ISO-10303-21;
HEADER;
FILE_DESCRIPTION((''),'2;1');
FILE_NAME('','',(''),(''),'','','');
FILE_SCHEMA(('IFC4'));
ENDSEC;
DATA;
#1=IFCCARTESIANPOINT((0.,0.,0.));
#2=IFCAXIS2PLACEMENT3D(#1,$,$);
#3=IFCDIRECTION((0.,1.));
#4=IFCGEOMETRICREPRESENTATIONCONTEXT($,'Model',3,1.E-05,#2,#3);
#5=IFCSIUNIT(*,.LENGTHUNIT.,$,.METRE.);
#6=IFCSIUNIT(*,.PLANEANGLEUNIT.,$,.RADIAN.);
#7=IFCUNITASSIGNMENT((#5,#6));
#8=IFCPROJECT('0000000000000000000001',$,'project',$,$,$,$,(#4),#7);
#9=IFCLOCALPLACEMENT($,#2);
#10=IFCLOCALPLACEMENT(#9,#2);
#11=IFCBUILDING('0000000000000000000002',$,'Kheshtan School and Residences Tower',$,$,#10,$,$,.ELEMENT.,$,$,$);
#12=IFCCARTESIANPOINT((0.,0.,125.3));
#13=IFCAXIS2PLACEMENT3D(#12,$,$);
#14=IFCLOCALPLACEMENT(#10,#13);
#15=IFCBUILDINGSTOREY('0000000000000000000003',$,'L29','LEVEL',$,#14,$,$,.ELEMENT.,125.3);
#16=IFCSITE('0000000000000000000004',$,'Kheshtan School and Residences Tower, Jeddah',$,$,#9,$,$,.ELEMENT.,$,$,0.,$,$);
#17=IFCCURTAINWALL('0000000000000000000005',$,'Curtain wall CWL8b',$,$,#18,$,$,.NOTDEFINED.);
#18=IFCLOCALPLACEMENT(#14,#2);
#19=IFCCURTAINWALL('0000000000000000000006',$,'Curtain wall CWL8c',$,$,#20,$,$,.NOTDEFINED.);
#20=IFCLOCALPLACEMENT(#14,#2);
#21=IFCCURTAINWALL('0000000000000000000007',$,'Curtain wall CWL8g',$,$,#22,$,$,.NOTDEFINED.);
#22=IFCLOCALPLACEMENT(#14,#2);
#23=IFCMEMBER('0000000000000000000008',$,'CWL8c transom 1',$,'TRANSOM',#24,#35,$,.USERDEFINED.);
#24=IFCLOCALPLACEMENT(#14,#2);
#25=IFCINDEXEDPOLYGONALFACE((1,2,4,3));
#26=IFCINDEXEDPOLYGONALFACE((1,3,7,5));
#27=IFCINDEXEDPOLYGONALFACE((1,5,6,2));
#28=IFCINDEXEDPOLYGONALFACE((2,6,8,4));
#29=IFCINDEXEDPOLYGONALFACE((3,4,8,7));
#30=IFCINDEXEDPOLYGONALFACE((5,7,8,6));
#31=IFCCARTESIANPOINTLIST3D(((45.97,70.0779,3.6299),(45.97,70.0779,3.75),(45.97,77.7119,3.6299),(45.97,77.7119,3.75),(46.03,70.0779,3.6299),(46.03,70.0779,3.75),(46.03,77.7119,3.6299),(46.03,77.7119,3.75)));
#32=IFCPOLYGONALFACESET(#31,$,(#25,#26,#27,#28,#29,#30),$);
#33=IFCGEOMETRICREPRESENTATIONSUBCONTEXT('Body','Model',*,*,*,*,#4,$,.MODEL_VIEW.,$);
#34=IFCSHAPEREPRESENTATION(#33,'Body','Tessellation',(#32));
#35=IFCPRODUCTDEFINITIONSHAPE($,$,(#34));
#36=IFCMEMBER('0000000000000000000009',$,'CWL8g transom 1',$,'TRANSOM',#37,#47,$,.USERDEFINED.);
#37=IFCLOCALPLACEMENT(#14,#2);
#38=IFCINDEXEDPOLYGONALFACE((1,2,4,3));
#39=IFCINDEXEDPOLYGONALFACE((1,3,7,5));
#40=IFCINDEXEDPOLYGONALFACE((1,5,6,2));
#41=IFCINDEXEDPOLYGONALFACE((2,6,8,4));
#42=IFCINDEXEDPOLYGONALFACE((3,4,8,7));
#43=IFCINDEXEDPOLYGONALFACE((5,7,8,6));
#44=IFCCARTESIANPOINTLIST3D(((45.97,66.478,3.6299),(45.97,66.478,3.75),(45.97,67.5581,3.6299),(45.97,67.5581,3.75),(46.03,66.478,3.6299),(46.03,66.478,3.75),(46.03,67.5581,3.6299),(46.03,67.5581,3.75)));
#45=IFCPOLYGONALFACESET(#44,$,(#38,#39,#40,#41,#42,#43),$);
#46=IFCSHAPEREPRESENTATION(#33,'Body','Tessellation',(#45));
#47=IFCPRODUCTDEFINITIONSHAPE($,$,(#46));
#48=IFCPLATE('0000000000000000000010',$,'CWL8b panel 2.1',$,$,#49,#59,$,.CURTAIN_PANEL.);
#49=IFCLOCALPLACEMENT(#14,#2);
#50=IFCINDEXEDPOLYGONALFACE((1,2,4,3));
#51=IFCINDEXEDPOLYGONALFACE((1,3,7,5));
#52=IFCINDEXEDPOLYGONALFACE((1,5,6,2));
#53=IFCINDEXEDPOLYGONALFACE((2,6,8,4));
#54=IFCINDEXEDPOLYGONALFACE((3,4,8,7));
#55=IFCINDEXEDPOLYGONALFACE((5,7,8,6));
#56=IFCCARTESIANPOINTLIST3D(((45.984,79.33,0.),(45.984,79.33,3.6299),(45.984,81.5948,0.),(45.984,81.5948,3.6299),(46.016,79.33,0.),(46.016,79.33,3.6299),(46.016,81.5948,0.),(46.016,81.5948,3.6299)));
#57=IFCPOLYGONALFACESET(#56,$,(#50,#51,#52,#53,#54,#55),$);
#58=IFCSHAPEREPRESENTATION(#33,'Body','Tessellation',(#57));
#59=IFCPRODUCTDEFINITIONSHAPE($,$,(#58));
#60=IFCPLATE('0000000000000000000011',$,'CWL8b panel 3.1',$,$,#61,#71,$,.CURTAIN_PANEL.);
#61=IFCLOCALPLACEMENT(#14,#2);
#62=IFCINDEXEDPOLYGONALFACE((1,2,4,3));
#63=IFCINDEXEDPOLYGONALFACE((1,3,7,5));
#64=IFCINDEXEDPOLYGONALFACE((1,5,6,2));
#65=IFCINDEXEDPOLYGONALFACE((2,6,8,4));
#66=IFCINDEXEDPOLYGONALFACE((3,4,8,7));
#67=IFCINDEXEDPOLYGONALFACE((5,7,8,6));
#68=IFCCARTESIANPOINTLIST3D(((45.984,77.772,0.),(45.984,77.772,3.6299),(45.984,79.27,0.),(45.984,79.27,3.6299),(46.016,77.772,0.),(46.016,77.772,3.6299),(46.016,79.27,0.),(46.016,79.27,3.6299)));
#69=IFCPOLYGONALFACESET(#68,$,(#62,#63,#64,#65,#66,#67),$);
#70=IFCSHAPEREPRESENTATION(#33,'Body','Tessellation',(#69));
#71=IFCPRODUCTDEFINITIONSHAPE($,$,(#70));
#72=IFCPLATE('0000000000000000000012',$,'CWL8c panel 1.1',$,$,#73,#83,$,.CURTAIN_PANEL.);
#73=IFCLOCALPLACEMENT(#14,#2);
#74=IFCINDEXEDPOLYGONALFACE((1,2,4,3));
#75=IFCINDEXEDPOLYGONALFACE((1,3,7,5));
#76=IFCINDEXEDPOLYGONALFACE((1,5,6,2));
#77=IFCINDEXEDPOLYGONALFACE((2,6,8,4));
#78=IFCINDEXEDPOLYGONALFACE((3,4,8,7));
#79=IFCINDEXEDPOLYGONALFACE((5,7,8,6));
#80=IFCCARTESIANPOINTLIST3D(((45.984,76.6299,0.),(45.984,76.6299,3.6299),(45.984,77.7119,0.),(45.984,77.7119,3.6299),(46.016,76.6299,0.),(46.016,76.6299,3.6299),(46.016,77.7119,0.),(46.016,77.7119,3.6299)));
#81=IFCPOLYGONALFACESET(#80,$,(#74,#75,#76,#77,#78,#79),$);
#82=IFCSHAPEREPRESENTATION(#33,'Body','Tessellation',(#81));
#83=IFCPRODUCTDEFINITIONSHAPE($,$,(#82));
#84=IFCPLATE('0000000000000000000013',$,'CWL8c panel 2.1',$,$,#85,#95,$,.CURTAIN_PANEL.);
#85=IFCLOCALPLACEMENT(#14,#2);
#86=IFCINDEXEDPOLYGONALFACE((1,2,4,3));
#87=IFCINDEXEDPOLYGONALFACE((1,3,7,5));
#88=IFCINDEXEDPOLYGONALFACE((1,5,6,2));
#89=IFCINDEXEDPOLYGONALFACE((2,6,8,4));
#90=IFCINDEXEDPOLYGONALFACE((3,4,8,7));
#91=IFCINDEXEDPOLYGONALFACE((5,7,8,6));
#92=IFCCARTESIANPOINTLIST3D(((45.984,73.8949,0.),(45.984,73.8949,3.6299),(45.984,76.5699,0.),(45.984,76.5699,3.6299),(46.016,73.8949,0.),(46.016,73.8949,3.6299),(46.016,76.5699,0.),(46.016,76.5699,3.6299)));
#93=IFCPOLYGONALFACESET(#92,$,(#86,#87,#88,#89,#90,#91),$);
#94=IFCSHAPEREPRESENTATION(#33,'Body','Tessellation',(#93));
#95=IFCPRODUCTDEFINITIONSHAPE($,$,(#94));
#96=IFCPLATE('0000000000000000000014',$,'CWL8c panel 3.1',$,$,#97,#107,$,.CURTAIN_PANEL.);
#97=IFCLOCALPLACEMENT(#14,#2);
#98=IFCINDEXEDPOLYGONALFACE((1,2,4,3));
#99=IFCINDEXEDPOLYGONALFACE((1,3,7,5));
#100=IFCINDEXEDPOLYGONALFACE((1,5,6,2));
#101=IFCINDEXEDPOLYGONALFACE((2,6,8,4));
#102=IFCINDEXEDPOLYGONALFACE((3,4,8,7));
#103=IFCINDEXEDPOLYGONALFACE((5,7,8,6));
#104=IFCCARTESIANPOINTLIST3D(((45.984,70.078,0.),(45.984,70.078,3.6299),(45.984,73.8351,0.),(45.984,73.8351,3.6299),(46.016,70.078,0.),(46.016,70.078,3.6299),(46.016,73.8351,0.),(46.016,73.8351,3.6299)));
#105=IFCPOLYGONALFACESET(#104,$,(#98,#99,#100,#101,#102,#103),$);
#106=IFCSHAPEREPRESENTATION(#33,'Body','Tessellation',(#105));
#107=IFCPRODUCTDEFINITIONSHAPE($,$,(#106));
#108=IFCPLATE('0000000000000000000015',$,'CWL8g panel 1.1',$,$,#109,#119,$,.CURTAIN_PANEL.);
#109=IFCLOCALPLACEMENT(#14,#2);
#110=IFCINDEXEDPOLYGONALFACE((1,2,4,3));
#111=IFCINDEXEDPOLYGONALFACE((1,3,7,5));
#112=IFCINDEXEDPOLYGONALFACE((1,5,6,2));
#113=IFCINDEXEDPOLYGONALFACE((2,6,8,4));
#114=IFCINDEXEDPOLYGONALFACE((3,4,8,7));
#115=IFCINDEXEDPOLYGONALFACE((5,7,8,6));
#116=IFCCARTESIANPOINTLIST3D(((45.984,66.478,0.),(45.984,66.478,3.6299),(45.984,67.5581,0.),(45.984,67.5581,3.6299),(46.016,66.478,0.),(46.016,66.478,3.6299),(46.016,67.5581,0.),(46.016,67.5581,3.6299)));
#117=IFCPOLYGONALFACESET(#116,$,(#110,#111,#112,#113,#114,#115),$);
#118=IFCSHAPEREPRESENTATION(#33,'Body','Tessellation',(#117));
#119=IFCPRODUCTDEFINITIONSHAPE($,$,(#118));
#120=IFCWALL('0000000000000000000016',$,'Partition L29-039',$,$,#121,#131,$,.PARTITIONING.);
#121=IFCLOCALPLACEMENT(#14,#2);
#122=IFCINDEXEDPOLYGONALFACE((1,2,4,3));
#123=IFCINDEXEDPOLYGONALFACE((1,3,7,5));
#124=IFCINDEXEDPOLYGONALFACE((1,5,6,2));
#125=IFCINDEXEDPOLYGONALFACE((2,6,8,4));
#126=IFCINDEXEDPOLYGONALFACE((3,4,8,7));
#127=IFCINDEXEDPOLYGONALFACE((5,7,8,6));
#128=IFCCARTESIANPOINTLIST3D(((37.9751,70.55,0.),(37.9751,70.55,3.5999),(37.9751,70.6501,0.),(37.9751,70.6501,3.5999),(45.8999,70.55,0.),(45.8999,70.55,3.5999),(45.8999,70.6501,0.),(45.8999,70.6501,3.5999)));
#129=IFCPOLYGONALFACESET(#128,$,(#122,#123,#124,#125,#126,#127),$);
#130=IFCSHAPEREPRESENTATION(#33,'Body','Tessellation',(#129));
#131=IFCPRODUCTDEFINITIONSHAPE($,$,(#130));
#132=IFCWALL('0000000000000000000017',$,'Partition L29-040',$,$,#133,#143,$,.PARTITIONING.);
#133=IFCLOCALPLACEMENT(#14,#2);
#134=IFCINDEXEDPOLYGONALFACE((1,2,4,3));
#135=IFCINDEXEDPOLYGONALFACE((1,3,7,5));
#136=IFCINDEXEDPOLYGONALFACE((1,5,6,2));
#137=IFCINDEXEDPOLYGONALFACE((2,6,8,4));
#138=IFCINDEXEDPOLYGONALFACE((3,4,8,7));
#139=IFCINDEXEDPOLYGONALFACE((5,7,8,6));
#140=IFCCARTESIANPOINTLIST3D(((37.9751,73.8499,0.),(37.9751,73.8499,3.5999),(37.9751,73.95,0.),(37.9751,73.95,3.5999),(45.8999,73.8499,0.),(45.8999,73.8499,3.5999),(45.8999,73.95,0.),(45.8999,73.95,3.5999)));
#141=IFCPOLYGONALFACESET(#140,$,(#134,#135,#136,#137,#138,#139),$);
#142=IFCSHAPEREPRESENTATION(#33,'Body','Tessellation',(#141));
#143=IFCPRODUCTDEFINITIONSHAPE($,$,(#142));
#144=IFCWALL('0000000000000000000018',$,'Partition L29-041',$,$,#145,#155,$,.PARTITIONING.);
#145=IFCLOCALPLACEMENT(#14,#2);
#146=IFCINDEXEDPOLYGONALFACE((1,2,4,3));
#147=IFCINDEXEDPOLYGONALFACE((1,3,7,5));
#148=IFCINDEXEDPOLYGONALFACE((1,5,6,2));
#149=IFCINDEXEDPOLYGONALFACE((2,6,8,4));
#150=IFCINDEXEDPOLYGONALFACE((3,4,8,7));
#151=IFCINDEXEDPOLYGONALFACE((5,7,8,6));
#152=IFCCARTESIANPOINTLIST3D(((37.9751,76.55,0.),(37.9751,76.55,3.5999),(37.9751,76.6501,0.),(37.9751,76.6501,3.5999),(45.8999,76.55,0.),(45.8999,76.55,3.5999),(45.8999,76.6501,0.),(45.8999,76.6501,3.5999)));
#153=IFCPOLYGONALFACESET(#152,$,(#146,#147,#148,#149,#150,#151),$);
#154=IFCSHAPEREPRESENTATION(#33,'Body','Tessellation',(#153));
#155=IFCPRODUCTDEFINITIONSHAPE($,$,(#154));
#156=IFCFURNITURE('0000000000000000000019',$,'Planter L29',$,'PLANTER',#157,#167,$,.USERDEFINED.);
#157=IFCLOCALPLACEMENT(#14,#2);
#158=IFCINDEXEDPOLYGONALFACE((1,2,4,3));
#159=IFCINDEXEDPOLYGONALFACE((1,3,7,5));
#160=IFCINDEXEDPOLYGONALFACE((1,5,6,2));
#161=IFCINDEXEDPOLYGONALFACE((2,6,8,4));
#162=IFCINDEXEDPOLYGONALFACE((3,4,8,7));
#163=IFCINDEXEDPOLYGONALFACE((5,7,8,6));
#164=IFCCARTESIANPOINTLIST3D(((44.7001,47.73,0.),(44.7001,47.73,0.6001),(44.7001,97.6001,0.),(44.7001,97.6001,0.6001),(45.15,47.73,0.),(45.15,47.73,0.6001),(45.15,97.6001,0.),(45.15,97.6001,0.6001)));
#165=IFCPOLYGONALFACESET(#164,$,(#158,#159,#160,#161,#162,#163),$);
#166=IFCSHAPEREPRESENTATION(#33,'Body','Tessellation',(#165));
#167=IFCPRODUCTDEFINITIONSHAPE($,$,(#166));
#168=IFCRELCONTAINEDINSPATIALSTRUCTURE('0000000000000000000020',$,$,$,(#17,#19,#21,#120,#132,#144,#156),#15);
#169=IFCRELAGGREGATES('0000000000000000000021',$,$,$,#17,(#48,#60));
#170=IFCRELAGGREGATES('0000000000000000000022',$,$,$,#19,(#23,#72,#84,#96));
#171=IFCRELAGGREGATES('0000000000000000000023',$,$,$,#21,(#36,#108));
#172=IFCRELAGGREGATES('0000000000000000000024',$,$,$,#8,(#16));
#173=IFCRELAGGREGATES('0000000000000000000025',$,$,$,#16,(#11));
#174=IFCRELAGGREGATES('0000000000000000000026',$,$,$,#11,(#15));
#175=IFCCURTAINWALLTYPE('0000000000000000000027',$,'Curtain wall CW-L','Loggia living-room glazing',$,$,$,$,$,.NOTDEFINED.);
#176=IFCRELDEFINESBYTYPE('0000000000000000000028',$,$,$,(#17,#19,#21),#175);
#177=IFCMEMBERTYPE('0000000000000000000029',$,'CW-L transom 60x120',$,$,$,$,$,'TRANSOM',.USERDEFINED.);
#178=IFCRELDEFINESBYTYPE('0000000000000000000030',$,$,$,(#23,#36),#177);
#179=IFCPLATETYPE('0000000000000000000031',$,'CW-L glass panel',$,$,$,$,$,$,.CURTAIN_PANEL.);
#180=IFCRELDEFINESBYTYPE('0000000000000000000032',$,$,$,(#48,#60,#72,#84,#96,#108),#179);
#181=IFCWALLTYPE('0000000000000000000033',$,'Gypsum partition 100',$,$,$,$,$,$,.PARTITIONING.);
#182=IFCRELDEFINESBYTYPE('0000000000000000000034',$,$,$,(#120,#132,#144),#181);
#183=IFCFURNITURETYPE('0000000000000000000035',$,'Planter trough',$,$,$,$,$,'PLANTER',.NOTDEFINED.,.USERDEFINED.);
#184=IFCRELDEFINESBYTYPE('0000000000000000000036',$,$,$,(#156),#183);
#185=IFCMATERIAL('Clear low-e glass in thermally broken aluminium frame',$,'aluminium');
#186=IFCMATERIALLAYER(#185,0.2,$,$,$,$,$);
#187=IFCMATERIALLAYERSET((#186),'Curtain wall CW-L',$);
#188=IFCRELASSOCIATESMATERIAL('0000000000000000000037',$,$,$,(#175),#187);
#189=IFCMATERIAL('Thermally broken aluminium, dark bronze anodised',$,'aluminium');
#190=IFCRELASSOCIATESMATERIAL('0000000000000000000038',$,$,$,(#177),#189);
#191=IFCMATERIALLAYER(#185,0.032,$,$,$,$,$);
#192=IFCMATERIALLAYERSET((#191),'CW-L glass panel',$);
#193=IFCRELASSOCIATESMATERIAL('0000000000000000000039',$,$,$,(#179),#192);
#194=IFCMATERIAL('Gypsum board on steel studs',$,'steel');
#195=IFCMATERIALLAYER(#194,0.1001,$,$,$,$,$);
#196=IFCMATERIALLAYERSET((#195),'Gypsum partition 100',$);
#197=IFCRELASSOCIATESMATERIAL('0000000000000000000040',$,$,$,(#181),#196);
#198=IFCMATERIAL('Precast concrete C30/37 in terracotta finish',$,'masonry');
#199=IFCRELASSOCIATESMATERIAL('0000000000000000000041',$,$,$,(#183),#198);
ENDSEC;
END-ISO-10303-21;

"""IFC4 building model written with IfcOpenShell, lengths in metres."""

from ifc_helpers import new_model, si_unit, direction, frame, frame_2d, origin, origin_2d, place, context, subcontext, project, spatial, rectangle, extrude, material, layer, layer_set, material_profile, profile_set, type_object, element, aggregate, save


model = new_model("IFC4")

# Units and contexts
model_context = context("Model", 3, precision=1e-05, world=origin(), true_north=direction((0.0, 1.0)))
body_context = subcontext(model_context, "Body", "Model", "MODEL_VIEW")
ifc_project = project(units=[si_unit("LENGTHUNIT", "METRE"), si_unit("PLANEANGLEUNIT", "RADIAN")], contexts=[model_context])

# Site, building, storey
site_placement = place(None, origin())
site = spatial("IfcSite", under=ifc_project, at=site_placement, Name="Kheshtan School and Residences Tower, Jeddah", CompositionType="ELEMENT", RefElevation=0.0)
building_placement = place(site_placement, origin())
building = spatial("IfcBuilding", under=site, at=building_placement, Name="Kheshtan School and Residences Tower", CompositionType="ELEMENT")
storey_placement = place(building_placement, frame((0.0, 0.0, 125.3)))
storey = spatial("IfcBuildingStorey", under=building, at=storey_placement, Name="L29", Description="LEVEL", CompositionType="ELEMENT", Elevation=125.3)

# Curtain walls
ifc_material_1 = material(Name="Clear low-e glass in thermally broken aluminium frame", Category="aluminium")
ifc_layer_1 = layer(ifc_material_1, 0.2)
ifc_layer_set_1 = layer_set([ifc_layer_1], Name="Curtain wall CW-L")
curtain_wall_type = type_object("IfcCurtainWallType", Name="Curtain wall CW-L", Description="Loggia living-room glazing", PredefinedType="NOTDEFINED", material=ifc_layer_set_1)
curtain_wall_1_placement = place(storey_placement, origin())
curtain_wall_1 = element("IfcCurtainWall", 1, at=curtain_wall_1_placement, inside=storey, type_object=curtain_wall_type, Name="Curtain wall CWL8b", PredefinedType="NOTDEFINED")
ifc_material_2 = material(Name="Thermally broken aluminium, dark bronze anodised", Category="aluminium")
curtain_wall_2_placement = place(storey_placement, origin())
curtain_wall_2 = element("IfcCurtainWall", 2, at=curtain_wall_2_placement, inside=storey, type_object=curtain_wall_type, Name="Curtain wall CWL8c", PredefinedType="NOTDEFINED")
curtain_wall_3_placement = place(storey_placement, origin())
curtain_wall_3 = element("IfcCurtainWall", 3, at=curtain_wall_3_placement, inside=storey, type_object=curtain_wall_type, Name="Curtain wall CWL8g", PredefinedType="NOTDEFINED")

# Members
ifc_material_profile_1 = material_profile(ifc_material_2, rectangle(XDim=0.0601, YDim=0.1201, at=origin_2d()), Name="CW-L transom 60x120")
ifc_profile_set_1 = profile_set([ifc_material_profile_1], Name="Thermally broken aluminium, dark bronze anodised")
member_type_1 = type_object("IfcMemberType", Name="CW-L transom 60x120", ElementType="TRANSOM", PredefinedType="USERDEFINED", material=ifc_profile_set_1)
member_1_placement = place(storey_placement, frame((46.0, 77.7119, 3.6899), z_axis=(0.0, -1.0, 0.0), x_axis=(1.0, 0.0, 0.0)))
member_1 = element("IfcMember", 4, at=member_1_placement, type_object=member_type_1, Name="CWL8c transom 1", ObjectType="TRANSOM", PredefinedType="USERDEFINED", context=body_context, shape_type="SweptSolid", body=[
    extrude(rectangle(XDim=0.0601, YDim=0.1201, at=origin_2d()), origin(), (0.0, 0.0, 1.0), 7.634),
])
member_2_placement = place(storey_placement, frame((46.0, 67.5581, 3.6899), z_axis=(0.0, -1.0, 0.0), x_axis=(1.0, 0.0, 0.0)))
member_2 = element("IfcMember", 5, at=member_2_placement, type_object=member_type_1, Name="CWL8g transom 1", ObjectType="TRANSOM", PredefinedType="USERDEFINED", context=body_context, shape_type="SweptSolid", body=[
    extrude(rectangle(XDim=0.0601, YDim=0.1201, at=origin_2d()), origin(), (0.0, 0.0, 1.0), 1.0801),
])

# Plates
ifc_layer_2 = layer(ifc_material_1, 0.032)
ifc_layer_set_2 = layer_set([ifc_layer_2], Name="CW-L glass panel")
plate_type = type_object("IfcPlateType", Name="CW-L glass panel", PredefinedType="CURTAIN_PANEL", material=ifc_layer_set_2)
plate_1_placement = place(storey_placement, frame((46.0, 80.4624, 0.0), z_axis=(0.0, 0.0, 1.0), x_axis=(0.0, -1.0, 0.0)))
plate_1 = element("IfcPlate", 6, at=plate_1_placement, type_object=plate_type, Name="CWL8b panel 2.1", PredefinedType="CURTAIN_PANEL", context=body_context, shape_type="SweptSolid", body=[
    extrude(rectangle(XDim=2.2649, YDim=0.032, at=origin_2d()), origin(), (0.0, 0.0, 1.0), 3.6299),
])
plate_2_placement = place(storey_placement, frame((46.0, 78.521, 0.0), z_axis=(0.0, 0.0, 1.0), x_axis=(0.0, -1.0, 0.0)))
plate_2 = element("IfcPlate", 7, at=plate_2_placement, type_object=plate_type, Name="CWL8b panel 3.1", PredefinedType="CURTAIN_PANEL", context=body_context, shape_type="SweptSolid", body=[
    extrude(rectangle(XDim=1.498, YDim=0.032, at=origin_2d()), origin(), (0.0, 0.0, 1.0), 3.6299),
])
aggregate(curtain_wall_1, [plate_1, plate_2])
plate_3_placement = place(storey_placement, frame((46.0, 77.1709, 0.0), z_axis=(0.0, 0.0, 1.0), x_axis=(0.0, -1.0, 0.0)))
plate_3 = element("IfcPlate", 8, at=plate_3_placement, type_object=plate_type, Name="CWL8c panel 1.1", PredefinedType="CURTAIN_PANEL", context=body_context, shape_type="SweptSolid", body=[
    extrude(rectangle(XDim=1.082, YDim=0.032, at=origin_2d()), origin(), (0.0, 0.0, 1.0), 3.6299),
])
plate_4_placement = place(storey_placement, frame((46.0, 75.2324, 0.0), z_axis=(0.0, 0.0, 1.0), x_axis=(0.0, -1.0, 0.0)))
plate_4 = element("IfcPlate", 9, at=plate_4_placement, type_object=plate_type, Name="CWL8c panel 2.1", PredefinedType="CURTAIN_PANEL", context=body_context, shape_type="SweptSolid", body=[
    extrude(rectangle(XDim=2.675, YDim=0.032, at=origin_2d()), origin(), (0.0, 0.0, 1.0), 3.6299),
])
plate_5_placement = place(storey_placement, frame((46.0, 71.9565, 0.0), z_axis=(0.0, 0.0, 1.0), x_axis=(0.0, -1.0, 0.0)))
plate_5 = element("IfcPlate", 10, at=plate_5_placement, type_object=plate_type, Name="CWL8c panel 3.1", PredefinedType="CURTAIN_PANEL", context=body_context, shape_type="SweptSolid", body=[
    extrude(rectangle(XDim=3.7571, YDim=0.032, at=origin_2d()), origin(), (0.0, 0.0, 1.0), 3.6299),
])
aggregate(curtain_wall_2, [member_1, plate_3, plate_4, plate_5])
plate_6_placement = place(storey_placement, frame((46.0, 67.0181, 0.0), z_axis=(0.0, 0.0, 1.0), x_axis=(0.0, -1.0, 0.0)))
plate_6 = element("IfcPlate", 11, at=plate_6_placement, type_object=plate_type, Name="CWL8g panel 1.1", PredefinedType="CURTAIN_PANEL", context=body_context, shape_type="SweptSolid", body=[
    extrude(rectangle(XDim=1.0801, YDim=0.032, at=origin_2d()), origin(), (0.0, 0.0, 1.0), 3.6299),
])
aggregate(curtain_wall_3, [member_2, plate_6])

# Walls
ifc_material_3 = material(Name="Gypsum board on steel studs", Category="steel")
ifc_layer_3 = layer(ifc_material_3, 0.1001)
ifc_layer_set_3 = layer_set([ifc_layer_3], Name="Gypsum partition 100")
wall_type_1 = type_object("IfcWallType", Name="Gypsum partition 100", PredefinedType="PARTITIONING", material=ifc_layer_set_3)
for number, where, z_axis, x_axis, name in (
    (12, (37.9751, 70.6001, 0.0), (0.0, 0.0, 1.0), (1.0, 0.0, 0.0), "Partition L29-039"),
    (13, (37.9751, 73.8999, 0.0), (0.0, 0.0, 1.0), (1.0, 0.0, 0.0), "Partition L29-040"),
    (14, (37.9751, 76.6001, 0.0), (0.0, 0.0, 1.0), (1.0, 0.0, 0.0), "Partition L29-041"),
):
    element("IfcWall", number, at=place(storey_placement, frame(where, z_axis=z_axis, x_axis=x_axis)), inside=storey, type_object=wall_type_1, Name=name, PredefinedType="PARTITIONING", context=body_context, shape_type="SweptSolid", body=[
        extrude(rectangle(XDim=7.9248, YDim=0.1001, at=frame_2d((3.9624, 0.0))), origin(), (0.0, 0.0, 1.0), 3.5999),
    ])

# Furniture
ifc_material_4 = material(Name="Precast concrete C30/37 in terracotta finish", Category="masonry")
furniture_type = type_object("IfcFurnitureType", Name="Planter trough", ElementType="PLANTER", AssemblyPlace="NOTDEFINED", PredefinedType="USERDEFINED", material=ifc_material_4)
furniture_placement = place(storey_placement, frame((44.925, 72.665, 0.0), z_axis=(0.0, 0.0, 1.0), x_axis=(0.0, -1.0, 0.0)))
element("IfcFurniture", 15, at=furniture_placement, inside=storey, type_object=furniture_type, Name="Planter L29", ObjectType="PLANTER", PredefinedType="USERDEFINED", context=body_context, shape_type="SweptSolid", body=[
    extrude(rectangle(XDim=49.8701, YDim=0.45, at=origin_2d()), origin(), (0.0, 0.0, 1.0), 0.6001),
])

save(model, "model.ifc")
